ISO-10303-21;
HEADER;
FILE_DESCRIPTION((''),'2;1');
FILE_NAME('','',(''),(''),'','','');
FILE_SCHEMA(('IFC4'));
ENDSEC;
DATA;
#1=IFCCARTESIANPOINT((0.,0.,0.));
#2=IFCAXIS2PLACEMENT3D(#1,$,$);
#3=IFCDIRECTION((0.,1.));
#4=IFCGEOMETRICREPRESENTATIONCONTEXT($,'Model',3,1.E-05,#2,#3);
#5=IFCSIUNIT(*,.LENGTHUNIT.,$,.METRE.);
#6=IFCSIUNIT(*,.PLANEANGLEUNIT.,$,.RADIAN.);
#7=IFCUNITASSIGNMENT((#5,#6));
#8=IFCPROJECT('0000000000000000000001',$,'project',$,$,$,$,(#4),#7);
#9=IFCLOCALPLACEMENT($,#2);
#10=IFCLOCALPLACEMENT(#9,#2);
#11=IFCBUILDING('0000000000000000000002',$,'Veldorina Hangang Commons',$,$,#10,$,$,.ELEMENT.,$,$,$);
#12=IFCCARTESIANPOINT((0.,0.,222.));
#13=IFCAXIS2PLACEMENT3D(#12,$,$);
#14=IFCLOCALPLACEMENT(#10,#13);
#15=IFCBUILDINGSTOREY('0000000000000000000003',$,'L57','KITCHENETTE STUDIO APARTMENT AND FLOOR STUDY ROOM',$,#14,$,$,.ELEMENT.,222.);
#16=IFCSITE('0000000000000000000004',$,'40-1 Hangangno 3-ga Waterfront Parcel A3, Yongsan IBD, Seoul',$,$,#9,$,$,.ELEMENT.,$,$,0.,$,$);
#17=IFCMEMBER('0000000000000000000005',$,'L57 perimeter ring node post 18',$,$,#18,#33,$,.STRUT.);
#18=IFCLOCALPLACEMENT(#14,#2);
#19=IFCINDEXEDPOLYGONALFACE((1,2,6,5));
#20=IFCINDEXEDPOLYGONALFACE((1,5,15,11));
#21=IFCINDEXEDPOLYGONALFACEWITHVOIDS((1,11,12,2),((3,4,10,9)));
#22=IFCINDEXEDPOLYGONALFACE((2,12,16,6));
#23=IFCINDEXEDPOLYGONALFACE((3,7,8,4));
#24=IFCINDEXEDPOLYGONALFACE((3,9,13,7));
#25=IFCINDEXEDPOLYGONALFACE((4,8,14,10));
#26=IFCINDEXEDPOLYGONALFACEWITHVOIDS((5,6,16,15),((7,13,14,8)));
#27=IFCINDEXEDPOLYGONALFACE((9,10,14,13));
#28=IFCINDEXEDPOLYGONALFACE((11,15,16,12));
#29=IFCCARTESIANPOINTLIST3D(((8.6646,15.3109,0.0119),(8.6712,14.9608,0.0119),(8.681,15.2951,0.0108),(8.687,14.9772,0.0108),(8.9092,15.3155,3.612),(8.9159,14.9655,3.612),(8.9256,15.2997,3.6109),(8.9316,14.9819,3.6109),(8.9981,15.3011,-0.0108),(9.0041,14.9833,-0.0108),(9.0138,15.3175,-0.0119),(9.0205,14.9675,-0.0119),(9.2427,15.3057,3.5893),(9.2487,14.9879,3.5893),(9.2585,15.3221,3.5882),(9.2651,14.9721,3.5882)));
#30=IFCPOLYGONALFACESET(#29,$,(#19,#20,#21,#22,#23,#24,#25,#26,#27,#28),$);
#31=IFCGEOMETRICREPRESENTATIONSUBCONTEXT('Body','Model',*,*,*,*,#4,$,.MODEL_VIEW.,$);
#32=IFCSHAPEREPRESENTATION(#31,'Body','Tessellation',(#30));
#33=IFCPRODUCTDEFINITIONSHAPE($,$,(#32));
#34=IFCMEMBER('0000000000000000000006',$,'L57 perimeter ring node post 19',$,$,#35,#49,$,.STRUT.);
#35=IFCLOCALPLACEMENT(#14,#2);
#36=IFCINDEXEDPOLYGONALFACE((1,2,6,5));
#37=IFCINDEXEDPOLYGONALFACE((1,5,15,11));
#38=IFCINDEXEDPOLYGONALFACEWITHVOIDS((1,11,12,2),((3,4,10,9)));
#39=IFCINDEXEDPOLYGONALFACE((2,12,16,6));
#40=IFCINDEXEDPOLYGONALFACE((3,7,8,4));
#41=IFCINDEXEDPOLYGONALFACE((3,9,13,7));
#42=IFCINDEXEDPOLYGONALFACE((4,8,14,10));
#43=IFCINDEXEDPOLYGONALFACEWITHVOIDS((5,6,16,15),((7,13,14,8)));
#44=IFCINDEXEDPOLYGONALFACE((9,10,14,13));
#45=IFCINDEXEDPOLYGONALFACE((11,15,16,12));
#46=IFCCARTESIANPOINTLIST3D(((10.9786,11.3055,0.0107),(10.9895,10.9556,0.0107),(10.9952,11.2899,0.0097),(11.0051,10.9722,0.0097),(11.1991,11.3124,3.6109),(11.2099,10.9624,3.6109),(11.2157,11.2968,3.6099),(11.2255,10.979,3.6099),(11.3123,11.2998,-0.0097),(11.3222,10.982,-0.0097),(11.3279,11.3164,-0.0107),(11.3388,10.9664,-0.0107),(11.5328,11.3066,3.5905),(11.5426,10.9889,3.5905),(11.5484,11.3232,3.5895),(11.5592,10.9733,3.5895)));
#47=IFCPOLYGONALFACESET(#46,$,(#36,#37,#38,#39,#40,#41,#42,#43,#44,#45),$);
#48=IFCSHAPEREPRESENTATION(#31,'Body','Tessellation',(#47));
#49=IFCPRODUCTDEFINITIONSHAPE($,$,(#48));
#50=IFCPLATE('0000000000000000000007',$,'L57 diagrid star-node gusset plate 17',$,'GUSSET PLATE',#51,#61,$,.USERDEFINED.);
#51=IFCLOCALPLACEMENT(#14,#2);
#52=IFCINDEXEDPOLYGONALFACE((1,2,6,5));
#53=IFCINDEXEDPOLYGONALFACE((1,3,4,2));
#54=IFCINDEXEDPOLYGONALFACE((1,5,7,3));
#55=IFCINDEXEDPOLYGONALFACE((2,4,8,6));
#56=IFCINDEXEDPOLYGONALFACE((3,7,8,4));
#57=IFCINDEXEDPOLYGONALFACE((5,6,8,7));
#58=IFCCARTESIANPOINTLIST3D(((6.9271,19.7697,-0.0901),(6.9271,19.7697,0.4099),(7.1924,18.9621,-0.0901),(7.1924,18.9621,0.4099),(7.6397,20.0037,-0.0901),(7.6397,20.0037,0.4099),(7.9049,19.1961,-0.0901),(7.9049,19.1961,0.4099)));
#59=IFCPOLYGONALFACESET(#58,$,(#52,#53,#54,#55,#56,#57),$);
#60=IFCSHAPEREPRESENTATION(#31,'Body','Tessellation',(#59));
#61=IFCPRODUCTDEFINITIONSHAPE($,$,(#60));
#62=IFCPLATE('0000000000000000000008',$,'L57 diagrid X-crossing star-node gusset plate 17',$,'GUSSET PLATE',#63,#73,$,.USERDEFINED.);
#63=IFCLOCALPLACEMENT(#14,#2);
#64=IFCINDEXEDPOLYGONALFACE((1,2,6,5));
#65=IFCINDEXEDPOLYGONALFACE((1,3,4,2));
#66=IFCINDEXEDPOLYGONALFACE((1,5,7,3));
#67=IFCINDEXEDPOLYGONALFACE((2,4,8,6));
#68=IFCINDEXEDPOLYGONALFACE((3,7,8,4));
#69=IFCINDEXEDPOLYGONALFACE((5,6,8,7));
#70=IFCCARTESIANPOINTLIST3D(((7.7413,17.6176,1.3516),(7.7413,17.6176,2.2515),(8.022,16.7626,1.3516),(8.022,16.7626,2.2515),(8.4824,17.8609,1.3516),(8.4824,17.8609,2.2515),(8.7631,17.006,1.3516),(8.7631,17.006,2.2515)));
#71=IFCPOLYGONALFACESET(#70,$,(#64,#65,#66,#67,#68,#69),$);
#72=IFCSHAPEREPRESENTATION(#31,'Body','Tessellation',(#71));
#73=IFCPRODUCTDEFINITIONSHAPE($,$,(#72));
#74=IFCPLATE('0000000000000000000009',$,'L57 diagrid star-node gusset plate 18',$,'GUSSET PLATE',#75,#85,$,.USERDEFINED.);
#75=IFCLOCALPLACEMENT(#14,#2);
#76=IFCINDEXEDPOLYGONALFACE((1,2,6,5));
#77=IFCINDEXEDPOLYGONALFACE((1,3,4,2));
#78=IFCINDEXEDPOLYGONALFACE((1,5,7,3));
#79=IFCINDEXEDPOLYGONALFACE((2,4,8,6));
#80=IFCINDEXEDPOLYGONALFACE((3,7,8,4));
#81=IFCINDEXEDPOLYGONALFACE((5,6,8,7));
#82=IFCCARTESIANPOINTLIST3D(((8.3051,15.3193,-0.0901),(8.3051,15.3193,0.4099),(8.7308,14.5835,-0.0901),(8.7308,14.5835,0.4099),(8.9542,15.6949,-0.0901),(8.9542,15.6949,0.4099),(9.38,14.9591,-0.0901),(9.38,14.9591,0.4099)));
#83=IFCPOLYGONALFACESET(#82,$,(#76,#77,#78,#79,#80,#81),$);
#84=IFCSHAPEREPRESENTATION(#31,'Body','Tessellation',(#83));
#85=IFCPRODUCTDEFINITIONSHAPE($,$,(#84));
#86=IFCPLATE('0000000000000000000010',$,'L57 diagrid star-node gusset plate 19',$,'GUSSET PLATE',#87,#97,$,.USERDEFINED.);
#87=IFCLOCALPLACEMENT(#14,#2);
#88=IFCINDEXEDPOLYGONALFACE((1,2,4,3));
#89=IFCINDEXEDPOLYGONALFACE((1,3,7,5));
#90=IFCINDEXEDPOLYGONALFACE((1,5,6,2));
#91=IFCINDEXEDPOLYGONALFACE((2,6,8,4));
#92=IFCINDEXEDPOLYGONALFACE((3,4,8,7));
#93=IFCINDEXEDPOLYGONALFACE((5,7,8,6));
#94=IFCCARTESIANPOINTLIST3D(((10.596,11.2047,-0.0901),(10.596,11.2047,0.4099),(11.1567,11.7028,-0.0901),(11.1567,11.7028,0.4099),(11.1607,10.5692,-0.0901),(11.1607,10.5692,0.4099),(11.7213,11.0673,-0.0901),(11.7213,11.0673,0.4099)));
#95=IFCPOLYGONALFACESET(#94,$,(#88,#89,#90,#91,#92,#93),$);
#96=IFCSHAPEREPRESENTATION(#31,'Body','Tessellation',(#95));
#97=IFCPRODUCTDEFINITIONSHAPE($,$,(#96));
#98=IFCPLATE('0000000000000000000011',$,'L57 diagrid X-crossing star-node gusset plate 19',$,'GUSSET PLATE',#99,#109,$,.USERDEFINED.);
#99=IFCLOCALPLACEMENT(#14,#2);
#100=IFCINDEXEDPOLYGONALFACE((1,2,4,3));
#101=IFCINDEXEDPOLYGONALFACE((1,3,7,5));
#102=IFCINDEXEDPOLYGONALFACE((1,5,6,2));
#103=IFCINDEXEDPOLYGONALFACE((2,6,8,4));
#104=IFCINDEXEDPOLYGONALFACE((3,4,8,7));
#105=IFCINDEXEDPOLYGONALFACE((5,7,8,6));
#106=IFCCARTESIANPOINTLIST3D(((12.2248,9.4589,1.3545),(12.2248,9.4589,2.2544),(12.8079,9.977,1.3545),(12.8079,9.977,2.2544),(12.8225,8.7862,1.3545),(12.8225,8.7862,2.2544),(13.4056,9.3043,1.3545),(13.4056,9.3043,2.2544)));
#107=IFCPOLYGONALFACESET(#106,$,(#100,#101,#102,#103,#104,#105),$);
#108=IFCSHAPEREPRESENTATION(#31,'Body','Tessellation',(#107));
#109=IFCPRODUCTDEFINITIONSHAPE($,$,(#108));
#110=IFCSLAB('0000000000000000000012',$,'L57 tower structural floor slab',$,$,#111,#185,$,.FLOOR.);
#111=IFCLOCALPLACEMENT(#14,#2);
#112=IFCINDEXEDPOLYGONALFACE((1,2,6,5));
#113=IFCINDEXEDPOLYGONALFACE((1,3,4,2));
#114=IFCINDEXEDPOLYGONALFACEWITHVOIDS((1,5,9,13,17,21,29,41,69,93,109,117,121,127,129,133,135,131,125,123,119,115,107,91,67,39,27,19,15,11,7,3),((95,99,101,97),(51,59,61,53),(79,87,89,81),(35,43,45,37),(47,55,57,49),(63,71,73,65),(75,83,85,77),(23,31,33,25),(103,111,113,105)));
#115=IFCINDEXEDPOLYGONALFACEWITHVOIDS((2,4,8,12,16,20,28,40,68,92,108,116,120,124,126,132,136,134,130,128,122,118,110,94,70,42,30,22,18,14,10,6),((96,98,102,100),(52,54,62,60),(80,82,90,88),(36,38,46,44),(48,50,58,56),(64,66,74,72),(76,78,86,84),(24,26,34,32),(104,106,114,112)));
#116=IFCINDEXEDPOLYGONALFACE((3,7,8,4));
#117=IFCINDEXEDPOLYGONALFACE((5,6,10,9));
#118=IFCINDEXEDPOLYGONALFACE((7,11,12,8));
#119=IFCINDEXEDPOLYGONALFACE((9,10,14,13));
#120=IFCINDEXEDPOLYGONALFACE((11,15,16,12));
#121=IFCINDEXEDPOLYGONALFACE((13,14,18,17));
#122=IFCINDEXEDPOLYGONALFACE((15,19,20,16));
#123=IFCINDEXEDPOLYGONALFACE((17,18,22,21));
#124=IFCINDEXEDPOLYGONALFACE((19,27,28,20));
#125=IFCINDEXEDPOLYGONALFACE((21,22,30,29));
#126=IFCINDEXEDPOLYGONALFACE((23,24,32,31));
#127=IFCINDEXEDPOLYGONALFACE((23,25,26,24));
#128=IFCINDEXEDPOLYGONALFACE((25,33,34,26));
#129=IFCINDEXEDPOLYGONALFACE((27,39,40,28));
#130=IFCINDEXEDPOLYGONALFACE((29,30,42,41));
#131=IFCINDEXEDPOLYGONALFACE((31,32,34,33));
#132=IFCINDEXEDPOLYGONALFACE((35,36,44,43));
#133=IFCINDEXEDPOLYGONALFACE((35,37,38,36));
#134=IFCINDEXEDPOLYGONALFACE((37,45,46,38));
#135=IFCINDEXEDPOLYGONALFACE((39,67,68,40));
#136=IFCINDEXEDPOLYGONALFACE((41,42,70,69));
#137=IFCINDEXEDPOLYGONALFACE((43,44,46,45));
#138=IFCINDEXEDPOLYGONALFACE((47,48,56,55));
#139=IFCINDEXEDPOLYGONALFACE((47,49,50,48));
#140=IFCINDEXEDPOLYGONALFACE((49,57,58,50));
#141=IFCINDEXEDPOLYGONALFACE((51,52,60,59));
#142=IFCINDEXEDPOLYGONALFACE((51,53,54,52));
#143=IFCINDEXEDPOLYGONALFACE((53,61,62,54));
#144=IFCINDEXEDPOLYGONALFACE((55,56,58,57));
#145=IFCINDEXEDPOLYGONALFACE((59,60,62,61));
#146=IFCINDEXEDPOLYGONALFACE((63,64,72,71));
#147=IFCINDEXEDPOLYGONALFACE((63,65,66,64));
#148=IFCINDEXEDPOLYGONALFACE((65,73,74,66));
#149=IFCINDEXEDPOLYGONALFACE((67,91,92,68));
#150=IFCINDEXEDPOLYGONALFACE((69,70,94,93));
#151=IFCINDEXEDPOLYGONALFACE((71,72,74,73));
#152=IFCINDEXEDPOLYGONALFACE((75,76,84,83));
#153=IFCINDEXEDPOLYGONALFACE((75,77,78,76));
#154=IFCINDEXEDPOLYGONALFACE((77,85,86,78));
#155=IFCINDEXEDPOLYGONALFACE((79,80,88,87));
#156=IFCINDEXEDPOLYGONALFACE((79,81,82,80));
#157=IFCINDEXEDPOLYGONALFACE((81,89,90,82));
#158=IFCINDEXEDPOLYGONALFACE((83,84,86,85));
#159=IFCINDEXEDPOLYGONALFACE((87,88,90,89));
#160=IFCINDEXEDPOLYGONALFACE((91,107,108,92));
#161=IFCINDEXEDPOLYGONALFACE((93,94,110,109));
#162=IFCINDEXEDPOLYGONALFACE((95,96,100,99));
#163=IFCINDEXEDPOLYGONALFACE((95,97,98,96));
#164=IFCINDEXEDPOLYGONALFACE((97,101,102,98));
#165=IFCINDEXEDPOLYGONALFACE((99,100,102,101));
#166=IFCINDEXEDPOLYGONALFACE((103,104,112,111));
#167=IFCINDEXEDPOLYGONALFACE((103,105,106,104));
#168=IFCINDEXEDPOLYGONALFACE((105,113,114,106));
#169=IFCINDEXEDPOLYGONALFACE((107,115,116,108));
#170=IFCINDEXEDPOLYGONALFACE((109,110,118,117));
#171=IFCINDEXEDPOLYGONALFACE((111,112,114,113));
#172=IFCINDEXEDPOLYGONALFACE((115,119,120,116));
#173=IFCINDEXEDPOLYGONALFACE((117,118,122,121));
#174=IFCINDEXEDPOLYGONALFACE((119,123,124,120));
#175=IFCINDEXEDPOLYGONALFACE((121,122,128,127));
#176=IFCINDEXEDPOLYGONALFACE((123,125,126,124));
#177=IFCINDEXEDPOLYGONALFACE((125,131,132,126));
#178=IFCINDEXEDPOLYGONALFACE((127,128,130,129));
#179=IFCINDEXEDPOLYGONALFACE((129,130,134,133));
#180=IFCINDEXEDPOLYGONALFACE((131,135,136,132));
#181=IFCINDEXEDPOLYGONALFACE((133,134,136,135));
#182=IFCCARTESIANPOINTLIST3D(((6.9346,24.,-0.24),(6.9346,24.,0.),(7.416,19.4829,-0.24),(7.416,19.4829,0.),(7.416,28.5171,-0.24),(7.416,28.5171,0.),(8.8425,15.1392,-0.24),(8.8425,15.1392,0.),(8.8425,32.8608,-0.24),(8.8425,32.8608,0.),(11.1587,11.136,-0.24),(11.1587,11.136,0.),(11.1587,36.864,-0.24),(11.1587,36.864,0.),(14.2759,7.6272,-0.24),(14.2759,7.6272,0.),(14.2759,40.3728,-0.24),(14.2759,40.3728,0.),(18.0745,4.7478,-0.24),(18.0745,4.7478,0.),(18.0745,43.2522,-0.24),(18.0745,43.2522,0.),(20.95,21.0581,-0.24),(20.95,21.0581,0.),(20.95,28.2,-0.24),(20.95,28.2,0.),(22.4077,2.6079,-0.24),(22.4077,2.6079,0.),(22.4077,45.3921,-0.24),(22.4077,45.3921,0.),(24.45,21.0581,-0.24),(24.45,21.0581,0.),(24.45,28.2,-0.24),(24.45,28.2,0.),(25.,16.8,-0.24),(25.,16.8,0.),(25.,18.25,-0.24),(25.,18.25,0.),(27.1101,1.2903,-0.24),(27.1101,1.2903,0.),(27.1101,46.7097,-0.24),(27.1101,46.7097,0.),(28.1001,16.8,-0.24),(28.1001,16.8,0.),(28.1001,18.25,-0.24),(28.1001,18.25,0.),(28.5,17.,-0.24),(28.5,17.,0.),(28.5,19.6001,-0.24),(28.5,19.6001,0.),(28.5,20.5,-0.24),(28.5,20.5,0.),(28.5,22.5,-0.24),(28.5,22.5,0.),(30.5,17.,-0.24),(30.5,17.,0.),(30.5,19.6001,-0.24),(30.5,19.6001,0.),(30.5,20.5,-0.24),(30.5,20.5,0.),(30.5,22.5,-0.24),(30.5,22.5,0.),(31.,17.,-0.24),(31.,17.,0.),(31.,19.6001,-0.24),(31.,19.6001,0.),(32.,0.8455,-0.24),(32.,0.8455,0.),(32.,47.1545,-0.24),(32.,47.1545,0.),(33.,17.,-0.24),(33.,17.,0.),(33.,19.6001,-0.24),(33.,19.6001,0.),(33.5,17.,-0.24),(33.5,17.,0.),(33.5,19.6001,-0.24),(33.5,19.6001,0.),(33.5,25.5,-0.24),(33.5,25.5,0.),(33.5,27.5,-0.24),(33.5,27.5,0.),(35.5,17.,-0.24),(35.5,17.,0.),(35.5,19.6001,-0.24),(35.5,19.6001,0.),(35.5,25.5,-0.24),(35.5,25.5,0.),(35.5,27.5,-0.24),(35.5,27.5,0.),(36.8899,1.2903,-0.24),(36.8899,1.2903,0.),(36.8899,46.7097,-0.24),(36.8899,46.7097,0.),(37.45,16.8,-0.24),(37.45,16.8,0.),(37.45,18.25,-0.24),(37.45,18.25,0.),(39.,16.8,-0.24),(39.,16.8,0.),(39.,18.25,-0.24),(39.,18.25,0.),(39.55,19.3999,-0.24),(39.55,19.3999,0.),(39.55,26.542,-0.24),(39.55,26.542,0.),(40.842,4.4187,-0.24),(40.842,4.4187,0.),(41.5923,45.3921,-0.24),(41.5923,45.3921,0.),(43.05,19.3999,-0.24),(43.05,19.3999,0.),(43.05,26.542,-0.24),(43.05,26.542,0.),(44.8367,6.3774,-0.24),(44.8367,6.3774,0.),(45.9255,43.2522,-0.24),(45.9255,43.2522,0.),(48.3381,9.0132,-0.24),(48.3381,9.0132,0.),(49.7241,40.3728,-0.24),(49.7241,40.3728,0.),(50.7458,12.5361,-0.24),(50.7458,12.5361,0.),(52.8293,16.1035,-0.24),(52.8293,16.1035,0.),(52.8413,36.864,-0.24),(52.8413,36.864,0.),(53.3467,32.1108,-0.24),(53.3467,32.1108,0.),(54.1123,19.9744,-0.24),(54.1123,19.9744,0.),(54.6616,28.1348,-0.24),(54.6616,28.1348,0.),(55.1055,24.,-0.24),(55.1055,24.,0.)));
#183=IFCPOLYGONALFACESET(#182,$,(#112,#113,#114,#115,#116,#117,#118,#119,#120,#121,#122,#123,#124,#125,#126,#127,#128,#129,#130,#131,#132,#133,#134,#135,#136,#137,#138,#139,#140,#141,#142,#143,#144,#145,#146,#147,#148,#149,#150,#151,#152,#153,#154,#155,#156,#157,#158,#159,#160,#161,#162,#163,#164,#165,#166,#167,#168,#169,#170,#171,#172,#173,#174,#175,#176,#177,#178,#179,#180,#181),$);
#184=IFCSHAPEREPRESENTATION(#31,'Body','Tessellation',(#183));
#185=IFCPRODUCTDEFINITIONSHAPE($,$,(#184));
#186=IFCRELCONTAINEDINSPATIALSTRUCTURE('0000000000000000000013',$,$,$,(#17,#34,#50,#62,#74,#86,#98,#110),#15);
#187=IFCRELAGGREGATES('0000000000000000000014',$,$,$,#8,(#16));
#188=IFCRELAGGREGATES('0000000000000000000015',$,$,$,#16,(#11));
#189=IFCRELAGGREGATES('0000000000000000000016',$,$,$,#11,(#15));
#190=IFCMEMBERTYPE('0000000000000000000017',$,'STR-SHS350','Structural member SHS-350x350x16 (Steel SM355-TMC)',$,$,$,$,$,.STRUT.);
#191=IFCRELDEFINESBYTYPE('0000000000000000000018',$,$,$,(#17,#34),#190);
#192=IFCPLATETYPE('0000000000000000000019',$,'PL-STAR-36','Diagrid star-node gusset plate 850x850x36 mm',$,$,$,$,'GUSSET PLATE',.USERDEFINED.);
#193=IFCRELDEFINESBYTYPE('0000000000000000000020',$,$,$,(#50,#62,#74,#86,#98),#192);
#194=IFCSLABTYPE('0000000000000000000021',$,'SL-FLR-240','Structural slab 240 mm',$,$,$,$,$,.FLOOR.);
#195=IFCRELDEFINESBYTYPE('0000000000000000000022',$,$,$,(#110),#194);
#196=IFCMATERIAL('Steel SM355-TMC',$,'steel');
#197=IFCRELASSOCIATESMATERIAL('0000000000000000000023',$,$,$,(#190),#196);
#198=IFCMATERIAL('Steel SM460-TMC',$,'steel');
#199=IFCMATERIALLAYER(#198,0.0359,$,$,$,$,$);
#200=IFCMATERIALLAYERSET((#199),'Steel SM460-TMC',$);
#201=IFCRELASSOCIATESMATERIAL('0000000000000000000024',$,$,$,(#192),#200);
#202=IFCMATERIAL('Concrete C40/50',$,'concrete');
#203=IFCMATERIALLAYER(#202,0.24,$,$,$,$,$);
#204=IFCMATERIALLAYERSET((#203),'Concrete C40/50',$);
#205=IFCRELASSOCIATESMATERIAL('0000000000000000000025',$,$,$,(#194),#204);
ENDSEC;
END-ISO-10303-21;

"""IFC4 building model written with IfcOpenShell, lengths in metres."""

from ifc_helpers import new_model, si_unit, direction, frame, origin, origin_2d, place, context, subcontext, project, spatial, polyline, rectangle, hollow_rectangle, outline, extrude, material, layer, layer_set, material_profile, profile_set, type_object, element, save


model = new_model("IFC4")

# Units and contexts
model_context = context("Model", 3, precision=1e-05, world=origin(), true_north=direction((0.0, 1.0)))
body_context = subcontext(model_context, "Body", "Model", "MODEL_VIEW")
ifc_project = project(units=[si_unit("LENGTHUNIT", "METRE"), si_unit("PLANEANGLEUNIT", "RADIAN")], contexts=[model_context])

# Site, building, storey
site_placement = place(None, origin())
site = spatial("IfcSite", under=ifc_project, at=site_placement, Name="40-1 Hangangno 3-ga Waterfront Parcel A3, Yongsan IBD, Seoul", CompositionType="ELEMENT", RefElevation=0.0)
building_placement = place(site_placement, origin())
building = spatial("IfcBuilding", under=site, at=building_placement, Name="Veldorina Hangang Commons", CompositionType="ELEMENT")
storey_placement = place(building_placement, frame((0.0, 0.0, 222.0)))
storey = spatial("IfcBuildingStorey", under=building, at=storey_placement, Name="L57", Description="KITCHENETTE STUDIO APARTMENT AND FLOOR STUDY ROOM", CompositionType="ELEMENT", Elevation=222.0)

# Shared definitions
ifc_material_1 = material(Name="Steel SM355-TMC", Category="steel")

# Members
ifc_material_profile_1 = material_profile(ifc_material_1, hollow_rectangle(XDim=0.3501, YDim=0.3501, WallThickness=0.0161, at=origin_2d()), Name="SHS-350x350x16")
ifc_profile_set_1 = profile_set([ifc_material_profile_1], Name="Steel SM355-TMC")
member_type_1 = type_object("IfcMemberType", Name="STR-SHS350", Description="Structural member SHS-350x350x16 (Steel SM355-TMC)", PredefinedType="STRUT", material=ifc_profile_set_1)
member_1_placement = place(storey_placement, frame((8.8425, 15.1392, 0.0), z_axis=(0.067794, 0.001286, 0.997698), x_axis=(-0.018959, 0.99982, 0.0)))
element("IfcMember", 1, at=member_1_placement, inside=storey, type_object=member_type_1, Name="L57 perimeter ring node post 18", PredefinedType="STRUT", context=body_context, shape_type="SweptSolid", body=[
    extrude(hollow_rectangle(XDim=0.3501, YDim=0.3501, WallThickness=0.0161, at=origin_2d()), origin(), (0.0, 0.0, 1.0), 3.6084),
])
member_2_placement = place(storey_placement, frame((11.1587, 11.136, 0.0), z_axis=(0.061122, 0.001895, 0.998128), x_axis=(-0.030993, 0.99952, 0.0)))
element("IfcMember", 2, at=member_2_placement, inside=storey, type_object=member_type_1, Name="L57 perimeter ring node post 19", PredefinedType="STRUT", context=body_context, shape_type="SweptSolid", body=[
    extrude(hollow_rectangle(XDim=0.3501, YDim=0.3501, WallThickness=0.0161, at=origin_2d()), origin(), (0.0, 0.0, 1.0), 3.6069),
])

# Plates
ifc_material_2 = material(Name="Steel SM460-TMC", Category="steel")
ifc_layer_1 = layer(ifc_material_2, 0.0359)
ifc_layer_set_1 = layer_set([ifc_layer_1], Name="Steel SM460-TMC")
plate_type = type_object("IfcPlateType", Name="PL-STAR-36", Description="Diagrid star-node gusset plate 850x850x36 mm", ElementType="GUSSET PLATE", PredefinedType="USERDEFINED", material=ifc_layer_set_1)
plate_1_placement = place(storey_placement, frame((7.416, 19.4829, -0.0901), z_axis=(0.0, 0.0, 1.0), x_axis=(0.312003, -0.950081, 0.0)))
element("IfcPlate", 3, at=plate_1_placement, inside=storey, type_object=plate_type, Name="L57 diagrid star-node gusset plate 17", ObjectType="GUSSET PLATE", PredefinedType="USERDEFINED", context=body_context, shape_type="SweptSolid", body=[
    extrude(rectangle(XDim=0.8501, YDim=0.75, at=origin_2d()), origin(), (0.0, 0.0, 1.0), 0.5),
])
plate_2_placement = place(storey_placement, frame((8.2522, 17.3118, 1.3516), z_axis=(0.0, 0.0, 1.0), x_axis=(0.312003, -0.950081, 0.0)))
element("IfcPlate", 4, at=plate_2_placement, inside=storey, type_object=plate_type, Name="L57 diagrid X-crossing star-node gusset plate 17", ObjectType="GUSSET PLATE", PredefinedType="USERDEFINED", context=body_context, shape_type="SweptSolid", body=[
    extrude(rectangle(XDim=0.8999, YDim=0.78, at=origin_2d()), origin(), (0.0, 0.0, 1.0), 0.8999),
])
for number, where, z_axis, x_axis, name in (
    (5, (8.8425, 15.1392, -0.0901), (0.0, 0.0, 1.0), (0.500816, -0.865554, 0.0), "L57 diagrid star-node gusset plate 18"),
    (6, (11.1587, 11.136, -0.0901), (0.0, 0.0, 1.0), (0.664174, -0.747578, 0.0), "L57 diagrid star-node gusset plate 19"),
):
    element("IfcPlate", number, at=place(storey_placement, frame(where, z_axis=z_axis, x_axis=x_axis)), inside=storey, type_object=plate_type, Name=name, ObjectType="GUSSET PLATE", PredefinedType="USERDEFINED", context=body_context, shape_type="SweptSolid", body=[
        extrude(rectangle(XDim=0.8501, YDim=0.75, at=origin_2d()), origin(), (0.0, 0.0, 1.0), 0.5),
    ])
plate_3_placement = place(storey_placement, frame((12.8152, 9.3816, 1.3545), z_axis=(0.0, 0.0, 1.0), x_axis=(0.664174, -0.747578, 0.0)))
element("IfcPlate", 7, at=plate_3_placement, inside=storey, type_object=plate_type, Name="L57 diagrid X-crossing star-node gusset plate 19", ObjectType="GUSSET PLATE", PredefinedType="USERDEFINED", context=body_context, shape_type="SweptSolid", body=[
    extrude(rectangle(XDim=0.8999, YDim=0.78, at=origin_2d()), origin(), (0.0, 0.0, 1.0), 0.8999),
])

# Slab
ifc_material_3 = material(Name="Concrete C40/50", Category="concrete")
ifc_layer_2 = layer(ifc_material_3, 0.24)
ifc_layer_set_2 = layer_set([ifc_layer_2], Name="Concrete C40/50")
slab_type_1 = type_object("IfcSlabType", Name="SL-FLR-240", Description="Structural slab 240 mm", PredefinedType="FLOOR", material=ifc_layer_set_2)
slab_1_placement = place(storey_placement, frame((0.0, 0.0, -0.24)))
element("IfcSlab", 8, at=slab_1_placement, inside=storey, type_object=slab_type_1, Name="L57 tower structural floor slab", PredefinedType="FLOOR", context=body_context, shape_type="SweptSolid", body=[
    extrude(outline(polyline([(55.1055, 24.0), (54.6616, 28.1348), (53.3467, 32.1108), (52.8413, 36.864), (49.7241, 40.3728), (45.9255, 43.2522), (41.5923, 45.3921), (36.8899, 46.7097), (32.0, 47.1545), (27.1101, 46.7097), (22.4077, 45.3921), (18.0745, 43.2522), (14.2759, 40.3728), (11.1587, 36.864), (8.8425, 32.8608), (7.416, 28.5171), (6.9346, 24.0), (7.416, 19.4829), (8.8425, 15.1392), (11.1587, 11.136), (14.2759, 7.6272), (18.0745, 4.7478), (22.4077, 2.6079), (27.1101, 1.2903), (32.0, 0.8455), (36.8899, 1.2903), (40.842, 4.4187), (44.8367, 6.3774), (48.3381, 9.0132), (50.7458, 12.5361), (52.8293, 16.1035), (54.1123, 19.9744), (55.1055, 24.0)]), holes=[polyline([(20.95, 21.0581), (20.95, 28.2), (24.45, 28.2), (24.45, 21.0581), (20.95, 21.0581)]), polyline([(43.05, 26.542), (43.05, 19.3999), (39.55, 19.3999), (39.55, 26.542), (43.05, 26.542)]), polyline([(33.5, 27.5), (35.5, 27.5), (35.5, 25.5), (33.5, 25.5), (33.5, 27.5)]), polyline([(28.5, 22.5), (30.5, 22.5), (30.5, 20.5), (28.5, 20.5), (28.5, 22.5)]), polyline([(28.5, 19.6001), (30.5, 19.6001), (30.5, 17.0), (28.5, 17.0), (28.5, 19.6001)]), polyline([(31.0, 19.6001), (33.0, 19.6001), (33.0, 17.0), (31.0, 17.0), (31.0, 19.6001)]), polyline([(33.5, 19.6001), (35.5, 19.6001), (35.5, 17.0), (33.5, 17.0), (33.5, 19.6001)]), polyline([(25.0, 18.25), (28.1001, 18.25), (28.1001, 16.8), (25.0, 16.8), (25.0, 18.25)]), polyline([(37.45, 18.25), (39.0, 18.25), (39.0, 16.8), (37.45, 16.8), (37.45, 18.25)])]), origin(), (0.0, 0.0, 1.0), 0.24),
])

save(model, "model.ifc")
